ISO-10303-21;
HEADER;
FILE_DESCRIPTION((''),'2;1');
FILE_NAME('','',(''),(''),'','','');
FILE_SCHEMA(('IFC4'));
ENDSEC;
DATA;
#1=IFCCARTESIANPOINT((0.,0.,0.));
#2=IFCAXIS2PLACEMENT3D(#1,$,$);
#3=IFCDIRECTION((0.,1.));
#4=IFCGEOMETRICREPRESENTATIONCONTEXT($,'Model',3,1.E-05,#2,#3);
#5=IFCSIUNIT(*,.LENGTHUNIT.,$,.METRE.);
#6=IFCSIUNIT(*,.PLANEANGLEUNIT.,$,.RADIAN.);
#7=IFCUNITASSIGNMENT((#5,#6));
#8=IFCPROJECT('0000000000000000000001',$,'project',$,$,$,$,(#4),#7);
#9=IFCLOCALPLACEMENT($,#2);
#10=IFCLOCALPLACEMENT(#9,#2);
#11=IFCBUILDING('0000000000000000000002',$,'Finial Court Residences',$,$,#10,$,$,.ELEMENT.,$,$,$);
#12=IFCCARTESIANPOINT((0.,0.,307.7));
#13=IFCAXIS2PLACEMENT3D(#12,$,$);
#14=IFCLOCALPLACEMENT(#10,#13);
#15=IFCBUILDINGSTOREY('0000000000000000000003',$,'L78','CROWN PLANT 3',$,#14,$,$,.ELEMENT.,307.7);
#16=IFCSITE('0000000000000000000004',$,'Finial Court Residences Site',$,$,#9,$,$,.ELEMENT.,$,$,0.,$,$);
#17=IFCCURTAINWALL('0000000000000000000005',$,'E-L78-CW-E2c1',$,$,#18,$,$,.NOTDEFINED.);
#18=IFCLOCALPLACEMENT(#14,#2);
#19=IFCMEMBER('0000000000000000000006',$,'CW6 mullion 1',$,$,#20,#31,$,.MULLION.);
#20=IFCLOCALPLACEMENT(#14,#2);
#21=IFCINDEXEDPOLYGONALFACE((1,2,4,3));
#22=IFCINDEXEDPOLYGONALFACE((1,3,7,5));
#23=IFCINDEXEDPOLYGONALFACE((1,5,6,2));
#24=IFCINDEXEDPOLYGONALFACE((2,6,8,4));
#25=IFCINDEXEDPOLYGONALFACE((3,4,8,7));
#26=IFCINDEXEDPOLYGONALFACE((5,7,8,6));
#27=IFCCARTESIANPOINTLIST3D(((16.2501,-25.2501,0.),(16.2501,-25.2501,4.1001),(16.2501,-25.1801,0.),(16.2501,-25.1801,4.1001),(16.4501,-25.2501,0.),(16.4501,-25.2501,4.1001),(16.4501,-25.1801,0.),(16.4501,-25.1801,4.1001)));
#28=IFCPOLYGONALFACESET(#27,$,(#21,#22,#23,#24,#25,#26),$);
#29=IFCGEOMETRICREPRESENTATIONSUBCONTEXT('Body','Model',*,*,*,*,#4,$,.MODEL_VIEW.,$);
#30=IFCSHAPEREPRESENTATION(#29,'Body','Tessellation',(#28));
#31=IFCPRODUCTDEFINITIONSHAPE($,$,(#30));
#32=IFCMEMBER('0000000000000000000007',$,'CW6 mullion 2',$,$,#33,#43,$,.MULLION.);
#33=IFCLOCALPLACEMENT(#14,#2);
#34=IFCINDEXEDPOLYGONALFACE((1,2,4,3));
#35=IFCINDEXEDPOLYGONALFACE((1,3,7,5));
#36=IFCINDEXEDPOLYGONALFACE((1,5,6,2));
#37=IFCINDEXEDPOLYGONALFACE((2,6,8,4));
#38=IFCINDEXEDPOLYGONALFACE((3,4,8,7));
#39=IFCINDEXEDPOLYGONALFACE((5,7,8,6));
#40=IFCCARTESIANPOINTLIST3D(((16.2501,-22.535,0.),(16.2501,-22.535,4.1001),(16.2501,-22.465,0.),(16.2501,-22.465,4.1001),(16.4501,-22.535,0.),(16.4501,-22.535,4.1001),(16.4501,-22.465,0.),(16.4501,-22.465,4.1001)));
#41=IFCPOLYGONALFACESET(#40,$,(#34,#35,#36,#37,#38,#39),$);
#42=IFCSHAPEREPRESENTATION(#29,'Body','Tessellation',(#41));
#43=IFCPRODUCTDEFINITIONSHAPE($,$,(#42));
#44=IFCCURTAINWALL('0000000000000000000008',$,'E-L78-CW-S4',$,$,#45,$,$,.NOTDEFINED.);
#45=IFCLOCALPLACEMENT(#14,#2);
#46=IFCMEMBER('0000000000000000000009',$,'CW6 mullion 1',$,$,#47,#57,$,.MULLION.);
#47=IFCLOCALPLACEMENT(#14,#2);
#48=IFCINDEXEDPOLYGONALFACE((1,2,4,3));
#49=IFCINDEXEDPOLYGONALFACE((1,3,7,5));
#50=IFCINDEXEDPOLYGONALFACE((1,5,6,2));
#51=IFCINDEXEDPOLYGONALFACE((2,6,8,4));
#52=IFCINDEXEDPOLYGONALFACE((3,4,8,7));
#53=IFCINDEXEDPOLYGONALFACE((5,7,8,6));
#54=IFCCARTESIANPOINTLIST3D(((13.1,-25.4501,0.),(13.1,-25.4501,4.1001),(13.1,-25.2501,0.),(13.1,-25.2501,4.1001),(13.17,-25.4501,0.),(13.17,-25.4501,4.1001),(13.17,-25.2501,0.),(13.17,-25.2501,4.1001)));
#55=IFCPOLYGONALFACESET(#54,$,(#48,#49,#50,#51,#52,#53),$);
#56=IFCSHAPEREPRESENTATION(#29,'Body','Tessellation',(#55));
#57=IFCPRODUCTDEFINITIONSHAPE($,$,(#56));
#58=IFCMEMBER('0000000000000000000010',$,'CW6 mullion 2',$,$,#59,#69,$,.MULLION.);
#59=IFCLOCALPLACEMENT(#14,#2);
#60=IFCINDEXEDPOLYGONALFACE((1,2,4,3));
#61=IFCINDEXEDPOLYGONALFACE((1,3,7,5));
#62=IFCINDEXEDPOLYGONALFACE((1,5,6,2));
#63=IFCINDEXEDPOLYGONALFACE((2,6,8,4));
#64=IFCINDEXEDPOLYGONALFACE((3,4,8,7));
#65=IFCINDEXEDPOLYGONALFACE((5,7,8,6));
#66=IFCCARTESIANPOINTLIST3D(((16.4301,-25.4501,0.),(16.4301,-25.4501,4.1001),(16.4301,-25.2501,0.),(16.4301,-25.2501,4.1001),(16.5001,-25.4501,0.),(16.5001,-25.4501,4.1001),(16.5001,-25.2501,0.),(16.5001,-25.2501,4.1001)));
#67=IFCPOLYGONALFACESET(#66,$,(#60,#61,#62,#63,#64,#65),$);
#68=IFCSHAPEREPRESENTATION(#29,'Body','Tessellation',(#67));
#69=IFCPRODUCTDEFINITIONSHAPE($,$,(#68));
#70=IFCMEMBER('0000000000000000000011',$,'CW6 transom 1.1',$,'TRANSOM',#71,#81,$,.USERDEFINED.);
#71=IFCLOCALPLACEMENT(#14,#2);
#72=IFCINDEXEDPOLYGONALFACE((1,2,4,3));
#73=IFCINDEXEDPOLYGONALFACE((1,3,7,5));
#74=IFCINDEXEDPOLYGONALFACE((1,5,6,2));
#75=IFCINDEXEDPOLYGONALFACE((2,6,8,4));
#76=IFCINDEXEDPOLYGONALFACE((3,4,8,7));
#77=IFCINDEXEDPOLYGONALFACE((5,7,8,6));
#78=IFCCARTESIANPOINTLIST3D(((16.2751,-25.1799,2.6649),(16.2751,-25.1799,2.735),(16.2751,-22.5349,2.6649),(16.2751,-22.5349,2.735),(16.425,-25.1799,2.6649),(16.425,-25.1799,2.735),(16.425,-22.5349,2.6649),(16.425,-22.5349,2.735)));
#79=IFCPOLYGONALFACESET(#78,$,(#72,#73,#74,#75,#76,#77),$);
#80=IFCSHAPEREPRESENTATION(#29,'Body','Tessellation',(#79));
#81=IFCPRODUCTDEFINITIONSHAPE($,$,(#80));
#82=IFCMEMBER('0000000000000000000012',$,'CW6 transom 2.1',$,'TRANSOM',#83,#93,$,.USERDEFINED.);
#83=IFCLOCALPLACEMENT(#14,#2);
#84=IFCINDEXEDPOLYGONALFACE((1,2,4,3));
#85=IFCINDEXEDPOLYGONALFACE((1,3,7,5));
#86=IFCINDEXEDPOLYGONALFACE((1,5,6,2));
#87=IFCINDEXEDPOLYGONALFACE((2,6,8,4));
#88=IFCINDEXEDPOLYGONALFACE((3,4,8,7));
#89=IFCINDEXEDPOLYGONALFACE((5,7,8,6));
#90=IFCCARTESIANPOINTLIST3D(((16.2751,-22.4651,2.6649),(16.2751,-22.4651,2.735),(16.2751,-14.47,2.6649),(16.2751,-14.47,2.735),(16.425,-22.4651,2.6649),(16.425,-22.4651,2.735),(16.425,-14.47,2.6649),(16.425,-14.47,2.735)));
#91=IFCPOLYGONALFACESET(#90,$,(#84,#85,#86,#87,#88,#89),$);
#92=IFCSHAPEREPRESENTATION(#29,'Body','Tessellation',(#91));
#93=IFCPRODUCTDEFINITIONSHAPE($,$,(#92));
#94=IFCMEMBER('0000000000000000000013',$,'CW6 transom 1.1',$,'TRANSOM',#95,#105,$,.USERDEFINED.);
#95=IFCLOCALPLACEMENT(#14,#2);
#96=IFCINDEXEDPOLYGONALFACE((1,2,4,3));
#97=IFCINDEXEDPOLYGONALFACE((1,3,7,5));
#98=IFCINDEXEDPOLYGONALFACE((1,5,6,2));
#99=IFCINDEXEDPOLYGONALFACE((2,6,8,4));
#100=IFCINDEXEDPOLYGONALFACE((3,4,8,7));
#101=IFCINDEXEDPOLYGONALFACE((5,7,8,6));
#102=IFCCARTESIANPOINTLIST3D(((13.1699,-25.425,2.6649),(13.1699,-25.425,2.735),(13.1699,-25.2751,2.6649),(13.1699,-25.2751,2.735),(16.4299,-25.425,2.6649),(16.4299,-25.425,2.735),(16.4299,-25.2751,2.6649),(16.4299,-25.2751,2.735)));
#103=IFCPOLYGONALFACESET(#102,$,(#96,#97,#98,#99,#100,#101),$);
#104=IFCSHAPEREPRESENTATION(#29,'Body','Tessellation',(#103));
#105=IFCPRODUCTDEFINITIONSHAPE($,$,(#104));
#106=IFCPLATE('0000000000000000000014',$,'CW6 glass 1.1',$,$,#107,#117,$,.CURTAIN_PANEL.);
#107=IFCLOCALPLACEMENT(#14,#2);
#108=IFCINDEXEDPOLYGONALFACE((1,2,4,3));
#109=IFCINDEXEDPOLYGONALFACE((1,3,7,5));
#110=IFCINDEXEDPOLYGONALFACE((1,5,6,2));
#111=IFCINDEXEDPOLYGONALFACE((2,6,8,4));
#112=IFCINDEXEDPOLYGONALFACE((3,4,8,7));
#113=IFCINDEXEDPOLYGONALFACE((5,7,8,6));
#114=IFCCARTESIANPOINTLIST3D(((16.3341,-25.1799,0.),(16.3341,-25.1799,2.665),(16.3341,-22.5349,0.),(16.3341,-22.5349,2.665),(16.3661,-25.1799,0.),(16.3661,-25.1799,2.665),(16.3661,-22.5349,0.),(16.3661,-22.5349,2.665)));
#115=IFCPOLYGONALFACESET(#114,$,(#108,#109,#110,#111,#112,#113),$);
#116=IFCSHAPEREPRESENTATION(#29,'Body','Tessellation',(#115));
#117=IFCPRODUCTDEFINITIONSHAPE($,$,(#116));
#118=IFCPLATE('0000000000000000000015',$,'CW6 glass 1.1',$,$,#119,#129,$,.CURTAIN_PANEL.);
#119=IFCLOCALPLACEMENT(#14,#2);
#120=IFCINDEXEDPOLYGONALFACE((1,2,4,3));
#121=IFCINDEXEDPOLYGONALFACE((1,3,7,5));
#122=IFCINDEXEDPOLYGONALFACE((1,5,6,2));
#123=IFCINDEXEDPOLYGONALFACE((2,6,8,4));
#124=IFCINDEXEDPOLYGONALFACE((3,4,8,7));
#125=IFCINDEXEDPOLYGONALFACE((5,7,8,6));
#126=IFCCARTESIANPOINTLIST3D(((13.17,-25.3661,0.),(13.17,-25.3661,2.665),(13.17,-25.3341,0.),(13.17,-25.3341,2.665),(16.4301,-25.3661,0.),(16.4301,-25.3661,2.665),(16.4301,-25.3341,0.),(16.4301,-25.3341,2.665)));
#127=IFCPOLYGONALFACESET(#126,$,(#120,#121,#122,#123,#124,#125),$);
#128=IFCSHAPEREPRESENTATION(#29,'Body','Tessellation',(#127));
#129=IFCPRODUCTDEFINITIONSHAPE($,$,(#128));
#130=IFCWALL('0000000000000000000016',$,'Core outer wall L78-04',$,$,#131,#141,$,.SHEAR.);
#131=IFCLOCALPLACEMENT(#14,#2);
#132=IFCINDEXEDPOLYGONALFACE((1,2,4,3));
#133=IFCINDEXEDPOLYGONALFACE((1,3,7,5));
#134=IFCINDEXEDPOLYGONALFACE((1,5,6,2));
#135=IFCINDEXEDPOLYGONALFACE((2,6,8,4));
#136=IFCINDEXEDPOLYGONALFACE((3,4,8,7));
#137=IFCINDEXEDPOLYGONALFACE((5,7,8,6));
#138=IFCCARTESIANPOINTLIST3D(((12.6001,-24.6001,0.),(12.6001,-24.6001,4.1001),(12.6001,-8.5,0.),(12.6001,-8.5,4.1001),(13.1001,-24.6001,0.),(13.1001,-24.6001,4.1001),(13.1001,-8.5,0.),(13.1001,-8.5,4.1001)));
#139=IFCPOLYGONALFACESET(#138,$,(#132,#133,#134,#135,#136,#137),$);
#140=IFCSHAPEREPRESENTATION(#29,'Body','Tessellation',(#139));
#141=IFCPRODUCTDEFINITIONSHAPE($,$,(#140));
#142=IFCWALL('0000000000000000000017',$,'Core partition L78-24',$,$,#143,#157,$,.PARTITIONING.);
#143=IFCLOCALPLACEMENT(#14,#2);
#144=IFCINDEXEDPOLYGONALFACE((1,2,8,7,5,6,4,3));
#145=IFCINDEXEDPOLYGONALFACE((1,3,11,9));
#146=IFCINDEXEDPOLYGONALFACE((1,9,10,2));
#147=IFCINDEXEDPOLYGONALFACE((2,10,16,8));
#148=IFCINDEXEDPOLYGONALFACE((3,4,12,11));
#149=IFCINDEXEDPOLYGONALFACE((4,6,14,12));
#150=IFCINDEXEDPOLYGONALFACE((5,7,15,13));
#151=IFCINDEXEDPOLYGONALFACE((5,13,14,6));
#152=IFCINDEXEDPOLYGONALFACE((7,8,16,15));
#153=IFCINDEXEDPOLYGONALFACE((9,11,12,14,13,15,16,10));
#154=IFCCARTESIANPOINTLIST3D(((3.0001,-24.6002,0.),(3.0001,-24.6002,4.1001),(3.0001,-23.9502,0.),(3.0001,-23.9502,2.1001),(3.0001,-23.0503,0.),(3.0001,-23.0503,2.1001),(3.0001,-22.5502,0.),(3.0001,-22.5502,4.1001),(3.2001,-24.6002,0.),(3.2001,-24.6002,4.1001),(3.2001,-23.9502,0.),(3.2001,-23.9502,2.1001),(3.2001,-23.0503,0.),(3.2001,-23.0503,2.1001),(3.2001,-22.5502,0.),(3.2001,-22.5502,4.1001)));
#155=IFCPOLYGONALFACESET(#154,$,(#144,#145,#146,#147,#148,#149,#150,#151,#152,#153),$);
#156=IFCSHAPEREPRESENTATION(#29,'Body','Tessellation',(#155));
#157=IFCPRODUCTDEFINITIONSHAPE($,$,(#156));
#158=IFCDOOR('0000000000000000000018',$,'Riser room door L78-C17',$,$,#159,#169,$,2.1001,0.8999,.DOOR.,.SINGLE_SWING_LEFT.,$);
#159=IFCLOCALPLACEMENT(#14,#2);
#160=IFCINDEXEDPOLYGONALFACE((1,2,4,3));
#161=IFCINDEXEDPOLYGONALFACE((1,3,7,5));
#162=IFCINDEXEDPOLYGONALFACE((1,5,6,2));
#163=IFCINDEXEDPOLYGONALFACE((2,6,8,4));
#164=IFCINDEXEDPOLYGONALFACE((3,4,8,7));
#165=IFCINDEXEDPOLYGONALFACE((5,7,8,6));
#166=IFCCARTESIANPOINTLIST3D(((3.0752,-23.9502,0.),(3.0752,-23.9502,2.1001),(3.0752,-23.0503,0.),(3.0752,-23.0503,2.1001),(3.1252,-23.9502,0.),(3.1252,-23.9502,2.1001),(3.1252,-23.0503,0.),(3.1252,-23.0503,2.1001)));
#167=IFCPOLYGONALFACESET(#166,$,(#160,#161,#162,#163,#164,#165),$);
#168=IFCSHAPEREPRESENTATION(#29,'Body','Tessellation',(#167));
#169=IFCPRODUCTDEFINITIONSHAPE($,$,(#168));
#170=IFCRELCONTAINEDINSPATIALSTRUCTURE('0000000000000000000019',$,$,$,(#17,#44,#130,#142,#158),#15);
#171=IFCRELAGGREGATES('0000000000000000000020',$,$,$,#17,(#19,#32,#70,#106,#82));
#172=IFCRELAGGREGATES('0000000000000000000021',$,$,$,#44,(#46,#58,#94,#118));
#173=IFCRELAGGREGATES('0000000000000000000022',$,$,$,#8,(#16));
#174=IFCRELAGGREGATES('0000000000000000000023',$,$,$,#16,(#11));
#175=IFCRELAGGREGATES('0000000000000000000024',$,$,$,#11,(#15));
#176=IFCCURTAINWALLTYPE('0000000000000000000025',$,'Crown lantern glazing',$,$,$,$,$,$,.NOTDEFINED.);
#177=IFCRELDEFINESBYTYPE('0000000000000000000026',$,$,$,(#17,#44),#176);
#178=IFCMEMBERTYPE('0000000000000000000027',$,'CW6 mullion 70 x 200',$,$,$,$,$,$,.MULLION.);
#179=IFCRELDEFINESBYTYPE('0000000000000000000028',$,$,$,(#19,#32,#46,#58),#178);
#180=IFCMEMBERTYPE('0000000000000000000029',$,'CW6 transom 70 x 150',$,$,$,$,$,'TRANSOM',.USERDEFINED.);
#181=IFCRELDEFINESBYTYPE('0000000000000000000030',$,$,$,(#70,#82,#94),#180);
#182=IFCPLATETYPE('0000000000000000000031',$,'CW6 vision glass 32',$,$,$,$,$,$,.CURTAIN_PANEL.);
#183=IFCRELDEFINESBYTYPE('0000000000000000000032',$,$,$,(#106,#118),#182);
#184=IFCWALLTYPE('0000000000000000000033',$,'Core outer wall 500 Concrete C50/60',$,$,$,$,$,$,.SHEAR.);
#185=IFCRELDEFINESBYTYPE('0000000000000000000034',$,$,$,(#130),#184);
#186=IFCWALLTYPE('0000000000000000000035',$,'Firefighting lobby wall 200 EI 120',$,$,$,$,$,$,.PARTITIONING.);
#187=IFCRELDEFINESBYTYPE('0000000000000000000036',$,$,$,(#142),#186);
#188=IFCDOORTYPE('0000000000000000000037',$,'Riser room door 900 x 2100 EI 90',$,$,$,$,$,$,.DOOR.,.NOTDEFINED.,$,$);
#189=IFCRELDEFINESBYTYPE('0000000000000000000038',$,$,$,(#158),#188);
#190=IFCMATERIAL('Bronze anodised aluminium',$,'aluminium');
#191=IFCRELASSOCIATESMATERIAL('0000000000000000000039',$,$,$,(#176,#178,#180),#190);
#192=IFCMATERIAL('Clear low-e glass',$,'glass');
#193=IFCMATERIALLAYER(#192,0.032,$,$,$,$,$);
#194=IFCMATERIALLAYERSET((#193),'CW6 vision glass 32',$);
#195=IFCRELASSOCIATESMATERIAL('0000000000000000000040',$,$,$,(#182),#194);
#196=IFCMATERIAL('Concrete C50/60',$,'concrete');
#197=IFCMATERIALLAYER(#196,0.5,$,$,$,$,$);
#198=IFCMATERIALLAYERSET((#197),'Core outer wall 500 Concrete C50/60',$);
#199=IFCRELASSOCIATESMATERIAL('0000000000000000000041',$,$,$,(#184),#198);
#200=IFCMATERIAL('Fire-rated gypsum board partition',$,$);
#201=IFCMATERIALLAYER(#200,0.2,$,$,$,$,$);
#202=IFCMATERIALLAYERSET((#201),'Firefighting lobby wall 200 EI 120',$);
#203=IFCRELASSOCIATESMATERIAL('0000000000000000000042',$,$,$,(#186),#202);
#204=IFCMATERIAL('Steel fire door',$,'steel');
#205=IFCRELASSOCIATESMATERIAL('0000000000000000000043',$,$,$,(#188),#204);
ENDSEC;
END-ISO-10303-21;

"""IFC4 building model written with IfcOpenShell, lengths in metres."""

from ifc_helpers import new_model, si_unit, direction, frame, frame_2d, origin, origin_2d, place, context, subcontext, project, spatial, rectangle, extrude, material, layer, layer_set, material_profile, profile_set, type_object, element, fill, aggregate, save


model = new_model("IFC4")

# Units and contexts
model_context = context("Model", 3, precision=1e-05, world=origin(), true_north=direction((0.0, 1.0)))
body_context = subcontext(model_context, "Body", "Model", "MODEL_VIEW")
ifc_project = project(units=[si_unit("LENGTHUNIT", "METRE"), si_unit("PLANEANGLEUNIT", "RADIAN")], contexts=[model_context])

# Site, building, storey
site_placement = place(None, origin())
site = spatial("IfcSite", under=ifc_project, at=site_placement, Name="Finial Court Residences Site", CompositionType="ELEMENT", RefElevation=0.0)
building_placement = place(site_placement, origin())
building = spatial("IfcBuilding", under=site, at=building_placement, Name="Finial Court Residences", CompositionType="ELEMENT")
storey_placement = place(building_placement, frame((0.0, 0.0, 307.7)))
storey = spatial("IfcBuildingStorey", under=building, at=storey_placement, Name="L78", Description="CROWN PLANT 3", CompositionType="ELEMENT", Elevation=307.7)

# Curtain walls, members
ifc_material_1 = material(Name="Bronze anodised aluminium", Category="aluminium")
curtain_wall_type = type_object("IfcCurtainWallType", Name="Crown lantern glazing", PredefinedType="NOTDEFINED", material=ifc_material_1)
curtain_wall_1_placement = place(storey_placement, origin())
curtain_wall_1 = element("IfcCurtainWall", 1, at=curtain_wall_1_placement, inside=storey, type_object=curtain_wall_type, Name="E-L78-CW-E2c1", PredefinedType="NOTDEFINED")
ifc_material_profile_1 = material_profile(ifc_material_1, rectangle(XDim=0.2, YDim=0.0701, at=origin_2d()), Name="CW6 mullion 70 x 200")
ifc_profile_set_1 = profile_set([ifc_material_profile_1], Name="Bronze anodised aluminium")
member_type_1 = type_object("IfcMemberType", Name="CW6 mullion 70 x 200", PredefinedType="MULLION", material=ifc_profile_set_1)
member_1_placement = place(storey_placement, frame((16.3501, -25.2151, 0.0), z_axis=(0.0, 0.0, 1.0), x_axis=(-1.0, 0.0, 0.0)))
member_1 = element("IfcMember", 2, at=member_1_placement, type_object=member_type_1, Name="CW6 mullion 1", PredefinedType="MULLION", context=body_context, shape_type="SweptSolid", body=[
    extrude(rectangle(XDim=0.2, YDim=0.0701, at=origin_2d()), origin(), (0.0, 0.0, 1.0), 4.1001),
])
member_2_placement = place(storey_placement, frame((16.3501, -22.5, 0.0), z_axis=(0.0, 0.0, 1.0), x_axis=(-1.0, 0.0, 0.0)))
member_2 = element("IfcMember", 3, at=member_2_placement, type_object=member_type_1, Name="CW6 mullion 2", PredefinedType="MULLION", context=body_context, shape_type="SweptSolid", body=[
    extrude(rectangle(XDim=0.2, YDim=0.0701, at=origin_2d()), origin(), (0.0, 0.0, 1.0), 4.1001),
])
curtain_wall_2_placement = place(storey_placement, origin())
curtain_wall_2 = element("IfcCurtainWall", 4, at=curtain_wall_2_placement, inside=storey, type_object=curtain_wall_type, Name="E-L78-CW-S4", PredefinedType="NOTDEFINED")
member_3_placement = place(storey_placement, frame((13.135, -25.3501, 0.0), z_axis=(0.0, 0.0, 1.0), x_axis=(0.0, 1.0, 0.0)))
member_3 = element("IfcMember", 5, at=member_3_placement, type_object=member_type_1, Name="CW6 mullion 1", PredefinedType="MULLION", context=body_context, shape_type="SweptSolid", body=[
    extrude(rectangle(XDim=0.2, YDim=0.0701, at=origin_2d()), origin(), (0.0, 0.0, 1.0), 4.1001),
])
member_4_placement = place(storey_placement, frame((16.4651, -25.3501, 0.0), z_axis=(0.0, 0.0, 1.0), x_axis=(0.0, 1.0, 0.0)))
member_4 = element("IfcMember", 6, at=member_4_placement, type_object=member_type_1, Name="CW6 mullion 2", PredefinedType="MULLION", context=body_context, shape_type="SweptSolid", body=[
    extrude(rectangle(XDim=0.2, YDim=0.0701, at=origin_2d()), origin(), (0.0, 0.0, 1.0), 4.1001),
])

# Members
ifc_material_profile_2 = material_profile(ifc_material_1, rectangle(XDim=0.1499, YDim=0.0701, at=origin_2d()), Name="CW6 transom 70 x 150")
ifc_profile_set_2 = profile_set([ifc_material_profile_2], Name="Bronze anodised aluminium")
member_type_2 = type_object("IfcMemberType", Name="CW6 transom 70 x 150", ElementType="TRANSOM", PredefinedType="USERDEFINED", material=ifc_profile_set_2)
member_5_placement = place(storey_placement, frame((16.3501, -25.1799, 2.7), z_axis=(0.0, 1.0, 0.0), x_axis=(-1.0, 0.0, 0.0)))
member_5 = element("IfcMember", 7, at=member_5_placement, type_object=member_type_2, Name="CW6 transom 1.1", ObjectType="TRANSOM", PredefinedType="USERDEFINED", context=body_context, shape_type="SweptSolid", body=[
    extrude(rectangle(XDim=0.1499, YDim=0.0701, at=origin_2d()), origin(), (0.0, 0.0, 1.0), 2.645),
])
member_6_placement = place(storey_placement, frame((16.3501, -22.4651, 2.7), z_axis=(0.0, 1.0, 0.0), x_axis=(-1.0, 0.0, 0.0)))
member_6 = element("IfcMember", 8, at=member_6_placement, type_object=member_type_2, Name="CW6 transom 2.1", ObjectType="TRANSOM", PredefinedType="USERDEFINED", context=body_context, shape_type="SweptSolid", body=[
    extrude(rectangle(XDim=0.1499, YDim=0.0701, at=origin_2d()), origin(), (0.0, 0.0, 1.0), 7.9951),
])
member_7_placement = place(storey_placement, frame((13.1699, -25.3501, 2.7), z_axis=(1.0, 0.0, 0.0), x_axis=(0.0, 1.0, 0.0)))
member_7 = element("IfcMember", 9, at=member_7_placement, type_object=member_type_2, Name="CW6 transom 1.1", ObjectType="TRANSOM", PredefinedType="USERDEFINED", context=body_context, shape_type="SweptSolid", body=[
    extrude(rectangle(XDim=0.1499, YDim=0.0701, at=origin_2d()), origin(), (0.0, 0.0, 1.0), 3.26),
])

# Plates
ifc_material_2 = material(Name="Clear low-e glass", Category="glass")
ifc_layer_1 = layer(ifc_material_2, 0.032)
ifc_layer_set_1 = layer_set([ifc_layer_1], Name="CW6 vision glass 32")
plate_type = type_object("IfcPlateType", Name="CW6 vision glass 32", PredefinedType="CURTAIN_PANEL", material=ifc_layer_set_1)
plate_1_placement = place(storey_placement, frame((16.3501, -23.8574, 0.0), z_axis=(0.0, 0.0, 1.0), x_axis=(0.0, 1.0, 0.0)))
plate_1 = element("IfcPlate", 10, at=plate_1_placement, type_object=plate_type, Name="CW6 glass 1.1", PredefinedType="CURTAIN_PANEL", context=body_context, shape_type="SweptSolid", body=[
    extrude(rectangle(XDim=2.645, YDim=0.032, at=origin_2d()), origin(), (0.0, 0.0, 1.0), 2.665),
])
plate_2_placement = place(storey_placement, frame((14.8, -25.3501, 0.0), z_axis=(0.0, 0.0, 1.0), x_axis=(1.0, 0.0, 0.0)))
plate_2 = element("IfcPlate", 11, at=plate_2_placement, type_object=plate_type, Name="CW6 glass 1.1", PredefinedType="CURTAIN_PANEL", context=body_context, shape_type="SweptSolid", body=[
    extrude(rectangle(XDim=3.26, YDim=0.032, at=origin_2d()), origin(), (0.0, 0.0, 1.0), 2.665),
])

# Wall
ifc_material_3 = material(Name="Concrete C50/60", Category="concrete")
ifc_layer_2 = layer(ifc_material_3, 0.5)
ifc_layer_set_2 = layer_set([ifc_layer_2], Name="Core outer wall 500 Concrete C50/60")
wall_type_1 = type_object("IfcWallType", Name="Core outer wall 500 Concrete C50/60", PredefinedType="SHEAR", material=ifc_layer_set_2)
wall_1_placement = place(storey_placement, frame((12.8501, -24.6001, 0.0), z_axis=(0.0, 0.0, 1.0), x_axis=(0.0, 1.0, 0.0)))
element("IfcWall", 12, at=wall_1_placement, inside=storey, type_object=wall_type_1, Name="Core outer wall L78-04", PredefinedType="SHEAR", context=body_context, shape_type="SweptSolid", body=[
    extrude(rectangle(XDim=16.1001, YDim=0.5, at=frame_2d((8.05, 0.0))), origin(), (0.0, 0.0, 1.0), 4.1001),
])

# Wall, opening, door
ifc_material_4 = material(Name="Fire-rated gypsum board partition")
ifc_layer_3 = layer(ifc_material_4, 0.2)
ifc_layer_set_3 = layer_set([ifc_layer_3], Name="Firefighting lobby wall 200 EI 120")
wall_type_2 = type_object("IfcWallType", Name="Firefighting lobby wall 200 EI 120", PredefinedType="PARTITIONING", material=ifc_layer_set_3)
wall_2_placement = place(storey_placement, frame((3.1001, -24.6001, 0.0), z_axis=(0.0, 0.0, 1.0), x_axis=(0.0, 1.0, 0.0)))
wall_2 = element("IfcWall", 13, at=wall_2_placement, inside=storey, type_object=wall_type_2, Name="Core partition L78-24", PredefinedType="PARTITIONING", context=body_context, shape_type="SweptSolid", body=[
    extrude(rectangle(XDim=2.05, YDim=0.2, at=frame_2d((1.0249, 0.0))), origin(), (0.0, 0.0, 1.0), 4.1001),
])
opening_1_placement = place(wall_2_placement, frame((0.6499, 0.0, 0.0)))
opening_1 = element("IfcOpeningElement", 14, at=opening_1_placement, cuts=wall_2, PredefinedType="OPENING", context=body_context, shape_type="SweptSolid", body=[
    extrude(rectangle(XDim=0.8999, YDim=2.1001, at=frame_2d((0.45, 1.05))), frame((0.0, 0.1099, 0.0), z_axis=(0.0, -1.0, 0.0), x_axis=(1.0, 0.0, 0.0)), (0.0, 0.0, 1.0), 0.22),
])
ifc_material_5 = material(Name="Steel fire door", Category="steel")
door_type_1 = type_object("IfcDoorType", Name="Riser room door 900 x 2100 EI 90", OperationType="NOTDEFINED", PredefinedType="DOOR", material=ifc_material_5)
door_1_placement = place(opening_1_placement, origin())
door_1 = element("IfcDoor", 15, at=door_1_placement, inside=storey, type_object=door_type_1, Name="Riser room door L78-C17", OperationType="SINGLE_SWING_LEFT", OverallHeight=2.1001, OverallWidth=0.8999, PredefinedType="DOOR", context=body_context, shape_type="SweptSolid", body=[
    extrude(rectangle(XDim=0.8999, YDim=2.1001, at=frame_2d((0.45, 1.05))), frame((0.0, 0.0249, 0.0), z_axis=(0.0, -1.0, 0.0), x_axis=(1.0, 0.0, 0.0)), (0.0, 0.0, 1.0), 0.05),
])
fill(opening_1, door_1)

aggregate(curtain_wall_1, [member_1, member_2, member_5, plate_1, member_6])
aggregate(curtain_wall_2, [member_3, member_4, member_7, plate_2])

save(model, "model.ifc")
